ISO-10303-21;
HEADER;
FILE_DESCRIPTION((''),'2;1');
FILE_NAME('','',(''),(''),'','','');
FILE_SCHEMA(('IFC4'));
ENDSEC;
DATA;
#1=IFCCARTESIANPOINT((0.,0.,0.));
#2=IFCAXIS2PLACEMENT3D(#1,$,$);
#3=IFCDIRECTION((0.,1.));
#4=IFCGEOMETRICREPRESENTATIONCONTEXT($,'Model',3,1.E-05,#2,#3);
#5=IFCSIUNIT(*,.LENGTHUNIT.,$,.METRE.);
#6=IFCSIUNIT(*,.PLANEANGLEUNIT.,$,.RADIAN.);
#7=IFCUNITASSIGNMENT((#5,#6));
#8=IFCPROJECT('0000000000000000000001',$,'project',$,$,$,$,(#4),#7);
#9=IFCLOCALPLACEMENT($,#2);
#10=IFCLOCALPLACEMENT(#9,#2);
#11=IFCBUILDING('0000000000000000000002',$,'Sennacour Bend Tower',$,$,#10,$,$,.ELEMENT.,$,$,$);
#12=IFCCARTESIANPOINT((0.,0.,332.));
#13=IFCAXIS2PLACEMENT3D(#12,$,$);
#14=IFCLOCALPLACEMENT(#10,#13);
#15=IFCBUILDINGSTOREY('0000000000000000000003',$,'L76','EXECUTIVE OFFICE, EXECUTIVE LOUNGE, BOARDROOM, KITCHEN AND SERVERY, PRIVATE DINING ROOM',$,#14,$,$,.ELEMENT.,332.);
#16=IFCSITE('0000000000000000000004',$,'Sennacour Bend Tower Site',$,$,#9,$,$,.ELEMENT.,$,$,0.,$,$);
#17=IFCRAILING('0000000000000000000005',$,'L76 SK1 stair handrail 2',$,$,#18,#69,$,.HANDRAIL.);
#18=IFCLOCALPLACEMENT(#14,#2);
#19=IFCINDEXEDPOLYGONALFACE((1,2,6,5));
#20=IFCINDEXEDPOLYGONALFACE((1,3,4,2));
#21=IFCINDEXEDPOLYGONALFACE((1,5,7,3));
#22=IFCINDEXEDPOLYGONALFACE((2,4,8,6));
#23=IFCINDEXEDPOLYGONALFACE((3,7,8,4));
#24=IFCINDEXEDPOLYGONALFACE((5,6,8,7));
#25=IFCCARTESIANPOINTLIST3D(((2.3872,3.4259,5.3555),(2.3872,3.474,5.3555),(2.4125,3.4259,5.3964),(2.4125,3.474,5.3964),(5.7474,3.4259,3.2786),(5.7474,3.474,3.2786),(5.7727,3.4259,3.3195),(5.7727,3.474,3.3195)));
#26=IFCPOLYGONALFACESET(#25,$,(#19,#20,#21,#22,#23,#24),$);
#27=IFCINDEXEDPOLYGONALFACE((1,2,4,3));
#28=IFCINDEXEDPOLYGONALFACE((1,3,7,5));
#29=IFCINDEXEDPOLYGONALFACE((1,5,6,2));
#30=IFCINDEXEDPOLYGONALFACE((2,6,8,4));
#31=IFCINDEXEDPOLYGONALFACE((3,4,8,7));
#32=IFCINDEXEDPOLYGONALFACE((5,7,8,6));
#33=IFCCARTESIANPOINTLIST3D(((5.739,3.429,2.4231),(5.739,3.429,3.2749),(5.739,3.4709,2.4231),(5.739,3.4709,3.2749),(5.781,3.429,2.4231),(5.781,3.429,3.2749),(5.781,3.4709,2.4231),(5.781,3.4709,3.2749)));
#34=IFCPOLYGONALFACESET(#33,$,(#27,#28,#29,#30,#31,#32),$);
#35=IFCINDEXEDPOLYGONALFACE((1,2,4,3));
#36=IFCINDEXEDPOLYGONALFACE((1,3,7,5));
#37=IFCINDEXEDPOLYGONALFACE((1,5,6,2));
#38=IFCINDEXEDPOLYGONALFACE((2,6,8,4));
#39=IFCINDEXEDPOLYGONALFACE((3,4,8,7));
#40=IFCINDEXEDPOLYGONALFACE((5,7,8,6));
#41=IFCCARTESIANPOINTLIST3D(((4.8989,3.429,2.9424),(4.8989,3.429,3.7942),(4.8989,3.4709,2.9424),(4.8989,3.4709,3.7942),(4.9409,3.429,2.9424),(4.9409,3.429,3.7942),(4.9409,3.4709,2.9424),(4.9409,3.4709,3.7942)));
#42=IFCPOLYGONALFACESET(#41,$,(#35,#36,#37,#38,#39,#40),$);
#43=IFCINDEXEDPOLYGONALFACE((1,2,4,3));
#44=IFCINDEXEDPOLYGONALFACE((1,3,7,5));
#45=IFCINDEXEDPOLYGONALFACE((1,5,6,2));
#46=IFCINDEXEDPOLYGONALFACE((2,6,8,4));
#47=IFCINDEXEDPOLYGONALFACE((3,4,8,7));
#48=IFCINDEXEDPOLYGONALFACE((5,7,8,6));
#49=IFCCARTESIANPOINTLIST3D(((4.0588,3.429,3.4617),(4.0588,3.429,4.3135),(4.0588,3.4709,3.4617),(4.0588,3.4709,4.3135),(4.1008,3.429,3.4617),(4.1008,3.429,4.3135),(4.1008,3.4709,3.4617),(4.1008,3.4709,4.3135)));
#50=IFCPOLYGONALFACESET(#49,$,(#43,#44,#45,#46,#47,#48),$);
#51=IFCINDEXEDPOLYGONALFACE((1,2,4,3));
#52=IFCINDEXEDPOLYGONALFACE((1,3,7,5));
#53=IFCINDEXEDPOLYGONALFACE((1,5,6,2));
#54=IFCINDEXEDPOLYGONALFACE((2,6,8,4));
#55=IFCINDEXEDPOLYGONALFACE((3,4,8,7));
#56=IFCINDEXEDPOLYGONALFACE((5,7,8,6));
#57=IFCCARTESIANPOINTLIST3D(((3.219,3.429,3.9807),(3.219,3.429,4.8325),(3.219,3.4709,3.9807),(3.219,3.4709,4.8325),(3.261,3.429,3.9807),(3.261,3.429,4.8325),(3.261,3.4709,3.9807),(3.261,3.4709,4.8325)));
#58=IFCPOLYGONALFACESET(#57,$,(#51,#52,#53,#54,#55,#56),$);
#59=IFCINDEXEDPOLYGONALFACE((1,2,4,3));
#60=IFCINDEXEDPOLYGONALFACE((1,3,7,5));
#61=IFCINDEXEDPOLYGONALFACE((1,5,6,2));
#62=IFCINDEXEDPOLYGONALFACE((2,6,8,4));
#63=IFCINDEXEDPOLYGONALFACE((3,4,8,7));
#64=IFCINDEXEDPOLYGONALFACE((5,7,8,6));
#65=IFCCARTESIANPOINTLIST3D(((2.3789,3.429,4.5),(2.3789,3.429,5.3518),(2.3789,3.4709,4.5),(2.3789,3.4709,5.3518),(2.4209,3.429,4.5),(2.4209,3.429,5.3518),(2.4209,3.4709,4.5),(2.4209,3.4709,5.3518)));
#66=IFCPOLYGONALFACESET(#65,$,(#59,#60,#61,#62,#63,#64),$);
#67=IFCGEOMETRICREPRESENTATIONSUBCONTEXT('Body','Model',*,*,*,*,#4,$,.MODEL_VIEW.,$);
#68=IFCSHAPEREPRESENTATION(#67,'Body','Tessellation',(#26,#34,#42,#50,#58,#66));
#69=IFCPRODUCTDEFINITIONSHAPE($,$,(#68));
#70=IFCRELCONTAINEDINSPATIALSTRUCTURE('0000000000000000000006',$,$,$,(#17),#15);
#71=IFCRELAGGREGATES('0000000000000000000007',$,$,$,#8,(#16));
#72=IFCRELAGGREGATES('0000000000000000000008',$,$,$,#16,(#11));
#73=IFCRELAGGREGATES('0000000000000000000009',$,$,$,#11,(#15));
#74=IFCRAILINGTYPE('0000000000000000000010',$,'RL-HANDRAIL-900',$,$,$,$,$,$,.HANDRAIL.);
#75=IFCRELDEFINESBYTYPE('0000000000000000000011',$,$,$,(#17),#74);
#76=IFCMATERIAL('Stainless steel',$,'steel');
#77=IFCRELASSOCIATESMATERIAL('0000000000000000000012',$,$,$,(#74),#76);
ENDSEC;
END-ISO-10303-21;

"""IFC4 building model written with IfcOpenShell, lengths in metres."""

from ifc_helpers import new_model, si_unit, direction, frame, origin, origin_2d, place, context, subcontext, project, spatial, rectangle, extrude, material, type_object, element, save


model = new_model("IFC4")

# Units and contexts
model_context = context("Model", 3, precision=1e-05, world=origin(), true_north=direction((0.0, 1.0)))
body_context = subcontext(model_context, "Body", "Model", "MODEL_VIEW")
ifc_project = project(units=[si_unit("LENGTHUNIT", "METRE"), si_unit("PLANEANGLEUNIT", "RADIAN")], contexts=[model_context])

# Site, building, storey
site_placement = place(None, origin())
site = spatial("IfcSite", under=ifc_project, at=site_placement, Name="Sennacour Bend Tower Site", CompositionType="ELEMENT", RefElevation=0.0)
building_placement = place(site_placement, origin())
building = spatial("IfcBuilding", under=site, at=building_placement, Name="Sennacour Bend Tower", CompositionType="ELEMENT")
storey_placement = place(building_placement, frame((0.0, 0.0, 332.0)))
storey = spatial("IfcBuildingStorey", under=building, at=storey_placement, Name="L76", Description="EXECUTIVE OFFICE, EXECUTIVE LOUNGE, BOARDROOM, KITCHEN AND SERVERY, PRIVATE DINING ROOM", CompositionType="ELEMENT", Elevation=332.0)

# Railing
ifc_material_1 = material(Name="Stainless steel", Category="steel")
railing_type_1 = type_object("IfcRailingType", Name="RL-HANDRAIL-900", PredefinedType="HANDRAIL", material=ifc_material_1)
railing_1_placement = place(storey_placement, frame((5.76, 3.45, 2.4231)))
element("IfcRailing", 1, at=railing_1_placement, inside=storey, type_object=railing_type_1, Name="L76 SK1 stair handrail 2", PredefinedType="HANDRAIL", context=body_context, shape_type="SweptSolid", body=[
    extrude(rectangle(XDim=0.0481, YDim=0.0481, at=origin_2d()), frame((0.0, 0.0, 0.876), z_axis=(-0.850623, 0.0, 0.525776), x_axis=(0.0, -1.0, 0.0)), (0.0, 0.0, 1.0), 3.9502),
    extrude(rectangle(XDim=0.042, YDim=0.042, at=origin_2d()), origin(), (0.0, 0.0, 1.0), 0.8518),
    extrude(rectangle(XDim=0.042, YDim=0.042, at=origin_2d()), frame((-0.8401, 0.0, 0.5193)), (0.0, 0.0, 1.0), 0.8518),
    extrude(rectangle(XDim=0.042, YDim=0.042, at=origin_2d()), frame((-1.6802, 0.0, 1.0386)), (0.0, 0.0, 1.0), 0.8518),
    extrude(rectangle(XDim=0.042, YDim=0.042, at=origin_2d()), frame((-2.52, 0.0, 1.5576)), (0.0, 0.0, 1.0), 0.8518),
    extrude(rectangle(XDim=0.042, YDim=0.042, at=origin_2d()), frame((-3.3601, 0.0, 2.0769)), (0.0, 0.0, 1.0), 0.8518),
])

save(model, "model.ifc")
